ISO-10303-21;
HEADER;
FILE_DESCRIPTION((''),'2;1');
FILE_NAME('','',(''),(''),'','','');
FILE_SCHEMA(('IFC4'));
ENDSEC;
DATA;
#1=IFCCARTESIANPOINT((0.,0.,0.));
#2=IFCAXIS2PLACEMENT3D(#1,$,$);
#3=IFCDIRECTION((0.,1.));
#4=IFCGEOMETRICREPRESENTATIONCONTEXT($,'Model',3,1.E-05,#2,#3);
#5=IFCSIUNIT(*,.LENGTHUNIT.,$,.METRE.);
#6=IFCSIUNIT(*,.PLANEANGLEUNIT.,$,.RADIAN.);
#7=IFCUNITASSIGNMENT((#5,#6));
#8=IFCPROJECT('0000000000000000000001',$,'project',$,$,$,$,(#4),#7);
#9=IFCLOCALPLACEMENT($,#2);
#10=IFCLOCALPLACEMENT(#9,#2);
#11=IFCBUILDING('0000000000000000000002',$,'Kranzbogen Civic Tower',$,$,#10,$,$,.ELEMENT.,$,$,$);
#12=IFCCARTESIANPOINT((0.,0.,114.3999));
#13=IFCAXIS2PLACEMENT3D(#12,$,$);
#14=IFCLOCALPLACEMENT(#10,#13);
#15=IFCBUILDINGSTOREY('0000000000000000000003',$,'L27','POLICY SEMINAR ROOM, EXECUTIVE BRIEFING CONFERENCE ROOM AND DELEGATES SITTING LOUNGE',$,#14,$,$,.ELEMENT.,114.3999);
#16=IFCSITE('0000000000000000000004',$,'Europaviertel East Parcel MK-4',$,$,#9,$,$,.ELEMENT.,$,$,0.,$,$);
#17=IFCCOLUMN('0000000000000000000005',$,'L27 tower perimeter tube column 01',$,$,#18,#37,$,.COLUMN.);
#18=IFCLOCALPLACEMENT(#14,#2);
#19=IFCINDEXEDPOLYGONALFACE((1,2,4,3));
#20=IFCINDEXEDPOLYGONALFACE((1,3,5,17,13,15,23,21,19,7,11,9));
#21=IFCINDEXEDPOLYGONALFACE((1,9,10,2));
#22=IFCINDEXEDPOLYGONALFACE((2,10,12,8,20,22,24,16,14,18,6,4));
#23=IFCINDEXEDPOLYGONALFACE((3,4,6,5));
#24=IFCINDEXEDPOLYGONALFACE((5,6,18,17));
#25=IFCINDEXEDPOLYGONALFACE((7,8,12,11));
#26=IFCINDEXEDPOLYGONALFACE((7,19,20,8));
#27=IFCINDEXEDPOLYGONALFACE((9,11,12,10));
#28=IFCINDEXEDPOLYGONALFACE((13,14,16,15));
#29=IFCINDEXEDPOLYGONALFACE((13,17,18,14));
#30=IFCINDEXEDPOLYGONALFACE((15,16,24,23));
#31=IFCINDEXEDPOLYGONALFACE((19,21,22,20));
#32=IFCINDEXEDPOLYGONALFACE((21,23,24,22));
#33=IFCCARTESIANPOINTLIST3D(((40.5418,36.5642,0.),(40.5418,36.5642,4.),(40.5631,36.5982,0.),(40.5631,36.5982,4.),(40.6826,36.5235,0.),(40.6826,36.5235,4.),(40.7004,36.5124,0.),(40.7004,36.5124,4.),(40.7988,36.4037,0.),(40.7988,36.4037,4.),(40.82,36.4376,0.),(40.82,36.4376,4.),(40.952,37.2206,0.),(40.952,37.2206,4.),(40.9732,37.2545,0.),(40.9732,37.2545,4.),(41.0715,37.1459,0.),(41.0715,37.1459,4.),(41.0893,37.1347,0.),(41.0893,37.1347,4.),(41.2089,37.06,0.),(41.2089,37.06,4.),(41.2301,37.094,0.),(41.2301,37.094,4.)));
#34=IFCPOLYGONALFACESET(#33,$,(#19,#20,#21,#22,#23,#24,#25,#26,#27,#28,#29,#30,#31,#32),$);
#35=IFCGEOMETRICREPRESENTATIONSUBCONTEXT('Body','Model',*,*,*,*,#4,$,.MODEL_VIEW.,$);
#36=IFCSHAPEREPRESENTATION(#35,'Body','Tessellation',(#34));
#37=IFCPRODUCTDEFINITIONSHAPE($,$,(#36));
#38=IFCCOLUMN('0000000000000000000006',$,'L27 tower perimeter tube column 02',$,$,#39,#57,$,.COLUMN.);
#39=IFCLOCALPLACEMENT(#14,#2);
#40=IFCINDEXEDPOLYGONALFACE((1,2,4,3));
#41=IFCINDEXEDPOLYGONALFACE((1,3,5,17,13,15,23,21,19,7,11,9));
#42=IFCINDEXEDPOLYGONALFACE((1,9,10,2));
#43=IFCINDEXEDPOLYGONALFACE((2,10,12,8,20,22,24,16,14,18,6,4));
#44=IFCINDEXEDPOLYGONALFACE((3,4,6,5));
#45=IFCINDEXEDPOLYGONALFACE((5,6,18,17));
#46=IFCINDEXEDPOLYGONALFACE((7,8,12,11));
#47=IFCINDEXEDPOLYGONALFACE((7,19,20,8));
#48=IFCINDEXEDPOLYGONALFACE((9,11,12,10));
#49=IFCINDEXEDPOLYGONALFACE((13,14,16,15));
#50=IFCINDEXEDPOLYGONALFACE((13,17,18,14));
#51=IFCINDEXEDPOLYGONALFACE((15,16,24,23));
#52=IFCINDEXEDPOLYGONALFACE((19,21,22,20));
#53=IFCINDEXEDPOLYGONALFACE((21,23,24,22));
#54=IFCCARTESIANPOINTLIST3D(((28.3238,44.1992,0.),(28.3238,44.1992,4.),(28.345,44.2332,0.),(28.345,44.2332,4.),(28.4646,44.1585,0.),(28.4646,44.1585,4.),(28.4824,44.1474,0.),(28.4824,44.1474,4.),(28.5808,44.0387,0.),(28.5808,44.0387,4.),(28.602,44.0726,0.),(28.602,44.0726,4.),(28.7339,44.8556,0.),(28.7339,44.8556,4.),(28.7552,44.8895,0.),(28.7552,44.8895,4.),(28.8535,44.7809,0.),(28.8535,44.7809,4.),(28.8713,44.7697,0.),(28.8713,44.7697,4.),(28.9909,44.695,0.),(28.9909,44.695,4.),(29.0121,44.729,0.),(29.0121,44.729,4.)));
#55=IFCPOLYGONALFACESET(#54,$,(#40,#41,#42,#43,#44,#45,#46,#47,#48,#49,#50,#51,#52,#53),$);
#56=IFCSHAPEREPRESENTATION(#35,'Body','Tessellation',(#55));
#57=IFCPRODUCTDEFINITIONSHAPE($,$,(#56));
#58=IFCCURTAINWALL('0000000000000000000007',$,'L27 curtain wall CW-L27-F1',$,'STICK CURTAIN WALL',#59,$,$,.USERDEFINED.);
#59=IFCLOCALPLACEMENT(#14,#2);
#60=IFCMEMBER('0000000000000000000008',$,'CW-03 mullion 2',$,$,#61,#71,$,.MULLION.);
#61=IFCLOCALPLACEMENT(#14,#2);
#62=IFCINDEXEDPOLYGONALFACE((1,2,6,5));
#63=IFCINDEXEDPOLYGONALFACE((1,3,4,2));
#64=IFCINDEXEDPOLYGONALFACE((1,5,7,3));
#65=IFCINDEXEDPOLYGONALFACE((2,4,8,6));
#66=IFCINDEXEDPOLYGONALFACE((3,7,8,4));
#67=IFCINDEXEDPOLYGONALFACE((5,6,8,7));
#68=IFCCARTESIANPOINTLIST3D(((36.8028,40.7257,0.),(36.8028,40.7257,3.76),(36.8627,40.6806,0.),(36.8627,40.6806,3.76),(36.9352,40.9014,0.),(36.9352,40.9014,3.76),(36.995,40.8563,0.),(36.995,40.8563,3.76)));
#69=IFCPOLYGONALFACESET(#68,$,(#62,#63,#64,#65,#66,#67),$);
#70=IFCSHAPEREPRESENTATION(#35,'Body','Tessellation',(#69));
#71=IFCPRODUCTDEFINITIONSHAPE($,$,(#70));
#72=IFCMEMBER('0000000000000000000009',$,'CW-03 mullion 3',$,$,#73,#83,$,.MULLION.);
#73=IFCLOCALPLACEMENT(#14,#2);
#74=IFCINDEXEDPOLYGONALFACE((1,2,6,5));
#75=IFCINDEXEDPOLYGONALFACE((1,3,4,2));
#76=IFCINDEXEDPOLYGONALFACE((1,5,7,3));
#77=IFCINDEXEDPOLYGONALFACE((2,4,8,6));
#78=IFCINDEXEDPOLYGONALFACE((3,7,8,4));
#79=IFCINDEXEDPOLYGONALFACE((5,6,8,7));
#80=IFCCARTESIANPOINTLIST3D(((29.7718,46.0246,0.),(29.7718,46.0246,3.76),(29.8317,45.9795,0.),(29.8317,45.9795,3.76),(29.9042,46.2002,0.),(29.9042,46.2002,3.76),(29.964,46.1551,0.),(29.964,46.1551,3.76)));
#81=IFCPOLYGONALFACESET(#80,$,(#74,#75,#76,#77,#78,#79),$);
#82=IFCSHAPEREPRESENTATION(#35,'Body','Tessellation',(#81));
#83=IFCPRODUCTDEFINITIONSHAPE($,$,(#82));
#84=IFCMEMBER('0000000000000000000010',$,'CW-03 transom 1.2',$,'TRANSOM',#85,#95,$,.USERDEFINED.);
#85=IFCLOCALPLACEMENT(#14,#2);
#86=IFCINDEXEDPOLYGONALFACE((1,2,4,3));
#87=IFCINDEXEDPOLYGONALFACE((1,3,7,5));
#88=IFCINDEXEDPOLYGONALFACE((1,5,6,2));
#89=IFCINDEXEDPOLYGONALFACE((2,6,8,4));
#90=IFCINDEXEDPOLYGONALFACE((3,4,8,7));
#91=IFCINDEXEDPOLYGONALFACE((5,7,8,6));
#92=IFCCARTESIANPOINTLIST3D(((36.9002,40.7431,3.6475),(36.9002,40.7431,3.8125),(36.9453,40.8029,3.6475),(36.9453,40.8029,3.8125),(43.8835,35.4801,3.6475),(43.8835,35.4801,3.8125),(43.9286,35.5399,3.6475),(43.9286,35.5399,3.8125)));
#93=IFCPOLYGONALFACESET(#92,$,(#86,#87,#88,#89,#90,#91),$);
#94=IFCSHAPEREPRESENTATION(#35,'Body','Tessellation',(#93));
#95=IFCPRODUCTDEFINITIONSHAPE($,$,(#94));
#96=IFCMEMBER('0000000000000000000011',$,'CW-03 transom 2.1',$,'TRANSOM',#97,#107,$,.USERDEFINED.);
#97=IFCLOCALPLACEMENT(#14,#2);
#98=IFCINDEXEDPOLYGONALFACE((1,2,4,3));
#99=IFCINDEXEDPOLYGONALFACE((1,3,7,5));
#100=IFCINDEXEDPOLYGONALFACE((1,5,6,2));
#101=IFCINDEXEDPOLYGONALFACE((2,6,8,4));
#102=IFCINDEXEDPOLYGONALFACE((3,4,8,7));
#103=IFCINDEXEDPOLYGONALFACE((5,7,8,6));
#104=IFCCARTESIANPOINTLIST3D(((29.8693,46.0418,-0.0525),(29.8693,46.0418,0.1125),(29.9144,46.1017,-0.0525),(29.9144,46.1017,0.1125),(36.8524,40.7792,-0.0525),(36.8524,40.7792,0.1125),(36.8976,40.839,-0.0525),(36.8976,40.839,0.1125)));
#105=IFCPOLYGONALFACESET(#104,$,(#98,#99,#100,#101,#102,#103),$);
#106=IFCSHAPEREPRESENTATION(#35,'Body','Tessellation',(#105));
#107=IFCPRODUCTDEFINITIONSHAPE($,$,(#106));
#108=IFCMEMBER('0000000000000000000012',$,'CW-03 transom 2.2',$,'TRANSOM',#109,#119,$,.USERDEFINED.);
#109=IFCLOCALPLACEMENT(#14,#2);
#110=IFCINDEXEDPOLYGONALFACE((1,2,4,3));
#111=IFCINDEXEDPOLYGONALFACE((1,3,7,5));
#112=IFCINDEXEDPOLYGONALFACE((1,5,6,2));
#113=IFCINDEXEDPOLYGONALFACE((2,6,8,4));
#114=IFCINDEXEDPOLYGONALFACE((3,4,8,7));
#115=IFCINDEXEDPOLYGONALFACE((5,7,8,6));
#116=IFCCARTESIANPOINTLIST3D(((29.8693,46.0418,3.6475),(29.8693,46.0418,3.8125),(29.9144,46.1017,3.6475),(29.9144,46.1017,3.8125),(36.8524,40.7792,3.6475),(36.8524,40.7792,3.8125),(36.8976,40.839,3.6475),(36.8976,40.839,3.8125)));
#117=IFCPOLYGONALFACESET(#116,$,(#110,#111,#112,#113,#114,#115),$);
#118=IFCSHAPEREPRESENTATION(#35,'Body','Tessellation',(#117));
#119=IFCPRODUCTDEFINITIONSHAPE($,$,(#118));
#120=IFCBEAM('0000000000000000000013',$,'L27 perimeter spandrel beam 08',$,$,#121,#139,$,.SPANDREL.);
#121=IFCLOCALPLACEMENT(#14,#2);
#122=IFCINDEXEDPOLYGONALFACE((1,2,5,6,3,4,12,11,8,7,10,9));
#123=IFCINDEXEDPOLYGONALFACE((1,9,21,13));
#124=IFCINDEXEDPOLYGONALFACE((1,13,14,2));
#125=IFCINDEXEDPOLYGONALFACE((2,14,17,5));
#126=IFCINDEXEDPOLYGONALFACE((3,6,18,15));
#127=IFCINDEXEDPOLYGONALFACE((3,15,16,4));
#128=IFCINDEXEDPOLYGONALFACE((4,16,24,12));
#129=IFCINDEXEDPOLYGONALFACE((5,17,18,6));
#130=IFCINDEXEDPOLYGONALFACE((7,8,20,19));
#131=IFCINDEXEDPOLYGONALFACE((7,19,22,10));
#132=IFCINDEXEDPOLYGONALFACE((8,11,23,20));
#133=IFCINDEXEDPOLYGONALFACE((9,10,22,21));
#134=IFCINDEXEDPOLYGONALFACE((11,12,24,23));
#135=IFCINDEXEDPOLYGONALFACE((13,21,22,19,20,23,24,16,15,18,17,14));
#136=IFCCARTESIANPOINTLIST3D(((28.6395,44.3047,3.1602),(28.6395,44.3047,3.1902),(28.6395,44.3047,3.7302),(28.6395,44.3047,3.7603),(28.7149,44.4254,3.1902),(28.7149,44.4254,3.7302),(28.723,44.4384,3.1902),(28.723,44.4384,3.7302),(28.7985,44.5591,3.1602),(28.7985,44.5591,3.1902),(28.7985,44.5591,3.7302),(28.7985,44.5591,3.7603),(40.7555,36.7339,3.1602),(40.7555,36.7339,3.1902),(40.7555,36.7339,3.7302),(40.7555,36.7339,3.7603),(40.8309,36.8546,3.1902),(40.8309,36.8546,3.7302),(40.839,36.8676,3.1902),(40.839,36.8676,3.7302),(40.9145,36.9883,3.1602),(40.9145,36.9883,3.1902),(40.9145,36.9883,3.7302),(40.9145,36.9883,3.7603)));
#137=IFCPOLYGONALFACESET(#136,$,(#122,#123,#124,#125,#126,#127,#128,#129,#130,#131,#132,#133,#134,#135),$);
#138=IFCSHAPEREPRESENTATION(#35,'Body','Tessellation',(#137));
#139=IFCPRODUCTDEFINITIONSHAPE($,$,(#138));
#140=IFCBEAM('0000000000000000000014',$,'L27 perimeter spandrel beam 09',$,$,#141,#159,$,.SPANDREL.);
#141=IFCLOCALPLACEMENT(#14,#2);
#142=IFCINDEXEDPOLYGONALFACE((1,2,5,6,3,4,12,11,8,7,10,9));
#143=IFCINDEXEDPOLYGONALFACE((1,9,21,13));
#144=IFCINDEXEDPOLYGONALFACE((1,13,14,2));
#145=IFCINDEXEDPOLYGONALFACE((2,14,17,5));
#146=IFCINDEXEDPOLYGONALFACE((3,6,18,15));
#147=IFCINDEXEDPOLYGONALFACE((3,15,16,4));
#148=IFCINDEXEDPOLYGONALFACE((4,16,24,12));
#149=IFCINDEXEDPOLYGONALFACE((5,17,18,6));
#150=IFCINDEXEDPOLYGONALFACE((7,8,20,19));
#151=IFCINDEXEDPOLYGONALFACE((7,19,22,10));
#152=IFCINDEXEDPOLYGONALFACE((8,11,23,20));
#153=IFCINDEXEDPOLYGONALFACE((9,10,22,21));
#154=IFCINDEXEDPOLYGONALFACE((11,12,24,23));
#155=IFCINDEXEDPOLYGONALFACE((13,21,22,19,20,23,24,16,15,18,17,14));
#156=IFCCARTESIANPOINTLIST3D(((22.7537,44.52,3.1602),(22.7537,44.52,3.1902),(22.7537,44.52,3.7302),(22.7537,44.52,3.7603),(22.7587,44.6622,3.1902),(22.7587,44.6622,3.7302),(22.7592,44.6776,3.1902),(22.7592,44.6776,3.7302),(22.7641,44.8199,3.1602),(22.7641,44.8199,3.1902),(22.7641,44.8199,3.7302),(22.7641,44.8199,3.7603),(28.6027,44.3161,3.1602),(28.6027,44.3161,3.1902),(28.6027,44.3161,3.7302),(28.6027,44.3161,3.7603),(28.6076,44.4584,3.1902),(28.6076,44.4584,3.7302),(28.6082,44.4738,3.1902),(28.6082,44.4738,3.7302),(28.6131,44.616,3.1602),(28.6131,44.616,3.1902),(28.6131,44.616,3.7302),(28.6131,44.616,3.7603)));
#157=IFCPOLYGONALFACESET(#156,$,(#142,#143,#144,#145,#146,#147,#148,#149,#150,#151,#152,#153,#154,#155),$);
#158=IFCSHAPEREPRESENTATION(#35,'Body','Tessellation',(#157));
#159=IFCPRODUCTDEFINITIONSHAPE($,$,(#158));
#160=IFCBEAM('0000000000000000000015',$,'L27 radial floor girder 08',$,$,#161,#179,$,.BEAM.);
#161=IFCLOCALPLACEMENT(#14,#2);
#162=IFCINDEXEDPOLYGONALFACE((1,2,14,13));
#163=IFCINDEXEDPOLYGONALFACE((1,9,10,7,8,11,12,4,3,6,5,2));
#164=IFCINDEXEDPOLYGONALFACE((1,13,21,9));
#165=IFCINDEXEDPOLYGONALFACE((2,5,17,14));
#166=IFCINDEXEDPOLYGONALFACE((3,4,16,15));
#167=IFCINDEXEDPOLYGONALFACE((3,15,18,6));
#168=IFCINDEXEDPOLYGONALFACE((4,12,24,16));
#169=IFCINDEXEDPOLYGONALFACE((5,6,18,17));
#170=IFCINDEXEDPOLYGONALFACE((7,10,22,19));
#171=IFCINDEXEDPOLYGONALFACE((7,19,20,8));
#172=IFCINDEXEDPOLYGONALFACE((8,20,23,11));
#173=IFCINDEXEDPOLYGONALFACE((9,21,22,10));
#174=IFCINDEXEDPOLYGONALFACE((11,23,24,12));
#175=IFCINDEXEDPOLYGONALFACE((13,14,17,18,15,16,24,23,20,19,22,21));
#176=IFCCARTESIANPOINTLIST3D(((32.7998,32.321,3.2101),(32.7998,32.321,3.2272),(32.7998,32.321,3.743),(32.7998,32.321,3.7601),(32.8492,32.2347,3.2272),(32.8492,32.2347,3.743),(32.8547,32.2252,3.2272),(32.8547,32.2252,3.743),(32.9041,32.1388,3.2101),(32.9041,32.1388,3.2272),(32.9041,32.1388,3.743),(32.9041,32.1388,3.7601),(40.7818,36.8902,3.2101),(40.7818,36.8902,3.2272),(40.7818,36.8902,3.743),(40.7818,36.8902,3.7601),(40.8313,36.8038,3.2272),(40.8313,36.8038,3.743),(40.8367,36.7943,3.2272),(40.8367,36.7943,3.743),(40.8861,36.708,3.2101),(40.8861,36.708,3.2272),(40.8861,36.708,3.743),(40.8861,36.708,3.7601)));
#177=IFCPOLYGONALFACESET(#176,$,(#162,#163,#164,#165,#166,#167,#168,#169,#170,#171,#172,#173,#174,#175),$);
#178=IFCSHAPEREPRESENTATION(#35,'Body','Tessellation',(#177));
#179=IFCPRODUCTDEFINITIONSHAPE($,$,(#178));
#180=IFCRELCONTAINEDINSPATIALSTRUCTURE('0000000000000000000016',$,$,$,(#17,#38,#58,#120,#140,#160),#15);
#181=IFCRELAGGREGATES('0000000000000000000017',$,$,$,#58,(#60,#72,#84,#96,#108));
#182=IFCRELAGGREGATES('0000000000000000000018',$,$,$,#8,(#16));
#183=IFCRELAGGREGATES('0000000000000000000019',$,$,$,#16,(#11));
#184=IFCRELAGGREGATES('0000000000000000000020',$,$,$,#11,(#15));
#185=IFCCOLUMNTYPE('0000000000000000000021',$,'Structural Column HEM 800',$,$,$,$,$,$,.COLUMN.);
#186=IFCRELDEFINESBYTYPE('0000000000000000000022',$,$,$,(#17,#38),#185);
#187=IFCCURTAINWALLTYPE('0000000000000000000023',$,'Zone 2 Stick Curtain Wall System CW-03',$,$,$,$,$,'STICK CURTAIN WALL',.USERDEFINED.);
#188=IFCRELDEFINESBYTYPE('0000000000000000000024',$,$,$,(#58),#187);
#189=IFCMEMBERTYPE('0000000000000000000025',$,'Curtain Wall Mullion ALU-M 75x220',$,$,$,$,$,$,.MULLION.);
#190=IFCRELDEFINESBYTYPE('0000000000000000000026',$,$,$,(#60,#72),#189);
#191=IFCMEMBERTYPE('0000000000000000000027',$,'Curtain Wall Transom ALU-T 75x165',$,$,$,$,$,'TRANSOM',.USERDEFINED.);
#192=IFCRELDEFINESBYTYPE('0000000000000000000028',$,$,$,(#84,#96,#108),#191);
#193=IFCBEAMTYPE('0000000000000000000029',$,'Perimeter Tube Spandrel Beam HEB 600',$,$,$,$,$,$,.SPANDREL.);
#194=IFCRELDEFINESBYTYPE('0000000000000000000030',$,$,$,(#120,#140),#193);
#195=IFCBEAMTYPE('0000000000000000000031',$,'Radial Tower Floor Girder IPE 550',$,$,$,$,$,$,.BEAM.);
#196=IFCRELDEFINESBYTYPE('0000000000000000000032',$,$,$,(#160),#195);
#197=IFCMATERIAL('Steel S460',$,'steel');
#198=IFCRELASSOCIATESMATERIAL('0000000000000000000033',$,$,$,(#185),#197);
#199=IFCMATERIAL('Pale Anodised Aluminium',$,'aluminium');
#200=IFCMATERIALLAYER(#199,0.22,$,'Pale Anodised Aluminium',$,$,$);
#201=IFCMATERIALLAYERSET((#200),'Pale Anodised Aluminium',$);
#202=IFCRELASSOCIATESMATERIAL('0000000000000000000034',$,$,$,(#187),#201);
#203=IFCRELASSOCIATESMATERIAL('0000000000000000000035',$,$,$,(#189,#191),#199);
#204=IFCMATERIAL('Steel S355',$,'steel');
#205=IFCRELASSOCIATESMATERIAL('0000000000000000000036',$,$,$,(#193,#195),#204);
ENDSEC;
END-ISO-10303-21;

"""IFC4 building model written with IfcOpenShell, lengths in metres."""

from ifc_helpers import new_model, si_unit, direction, frame, origin, origin_2d, place, context, subcontext, project, spatial, rectangle, i_section, extrude, material, layer, layer_set, material_profile, profile_set, type_object, element, aggregate, save


model = new_model("IFC4")

# Units and contexts
model_context = context("Model", 3, precision=1e-05, world=origin(), true_north=direction((0.0, 1.0)))
body_context = subcontext(model_context, "Body", "Model", "MODEL_VIEW")
ifc_project = project(units=[si_unit("LENGTHUNIT", "METRE"), si_unit("PLANEANGLEUNIT", "RADIAN")], contexts=[model_context])

# Site, building, storey
site_placement = place(None, origin())
site = spatial("IfcSite", under=ifc_project, at=site_placement, Name="Europaviertel East Parcel MK-4", CompositionType="ELEMENT", RefElevation=0.0)
building_placement = place(site_placement, origin())
building = spatial("IfcBuilding", under=site, at=building_placement, Name="Kranzbogen Civic Tower", CompositionType="ELEMENT")
storey_placement = place(building_placement, frame((0.0, 0.0, 114.3999)))
storey = spatial("IfcBuildingStorey", under=building, at=storey_placement, Name="L27", Description="POLICY SEMINAR ROOM, EXECUTIVE BRIEFING CONFERENCE ROOM AND DELEGATES SITTING LOUNGE", CompositionType="ELEMENT", Elevation=114.3999)

# Columns
ifc_material_1 = material(Name="Steel S460", Category="steel")
ifc_material_profile_1 = material_profile(ifc_material_1, i_section(OverallWidth=0.303, OverallDepth=0.814, WebThickness=0.021, FlangeThickness=0.04, at=origin_2d()), Name="HEM 800")
ifc_profile_set_1 = profile_set([ifc_material_profile_1], Name="Steel S460")
column_type = type_object("IfcColumnType", Name="Structural Column HEM 800", PredefinedType="COLUMN", material=ifc_profile_set_1)
for number, where, z_axis, x_axis, name in (
    (1, (40.886, 36.8291, 0.0), (0.0, 0.0, 1.0), (-0.848048, 0.529919, 0.0), "L27 tower perimeter tube column 01"),
    (2, (28.668, 44.4641, 0.0), (0.0, 0.0, 1.0), (-0.848048, 0.529919, 0.0), "L27 tower perimeter tube column 02"),
):
    element("IfcColumn", number, at=place(storey_placement, frame(where, z_axis=z_axis, x_axis=x_axis)), inside=storey, type_object=column_type, Name=name, PredefinedType="COLUMN", context=body_context, shape_type="SweptSolid", body=[
        extrude(i_section(OverallWidth=0.303, OverallDepth=0.814, WebThickness=0.021, FlangeThickness=0.04, at=origin_2d()), origin(), (0.0, 0.0, 1.0), 4.0),
    ])

# Curtain wall, members
ifc_material_2 = material(Name="Pale Anodised Aluminium", Category="aluminium")
ifc_layer_1 = layer(ifc_material_2, 0.22, Name="Pale Anodised Aluminium")
ifc_layer_set_1 = layer_set([ifc_layer_1], Name="Pale Anodised Aluminium")
curtain_wall_type = type_object("IfcCurtainWallType", Name="Zone 2 Stick Curtain Wall System CW-03", ElementType="STICK CURTAIN WALL", PredefinedType="USERDEFINED", material=ifc_layer_set_1)
curtain_wall_placement = place(storey_placement, origin())
curtain_wall = element("IfcCurtainWall", 3, at=curtain_wall_placement, inside=storey, type_object=curtain_wall_type, Name="L27 curtain wall CW-L27-F1", ObjectType="STICK CURTAIN WALL", PredefinedType="USERDEFINED")
ifc_material_profile_2 = material_profile(ifc_material_2, rectangle(XDim=0.075, YDim=0.22, at=origin_2d()), Name="ALU-M 75x220")
ifc_profile_set_2 = profile_set([ifc_material_profile_2], Name="Pale Anodised Aluminium")
member_type_1 = type_object("IfcMemberType", Name="Curtain Wall Mullion ALU-M 75x220", PredefinedType="MULLION", material=ifc_profile_set_2)
member_1_placement = place(storey_placement, frame((36.8989, 40.791, 0.0), z_axis=(0.0, 0.0, 1.0), x_axis=(-0.798599, 0.601864, 0.0)))
member_1 = element("IfcMember", 4, at=member_1_placement, type_object=member_type_1, Name="CW-03 mullion 2", PredefinedType="MULLION", context=body_context, shape_type="SweptSolid", body=[
    extrude(rectangle(XDim=0.075, YDim=0.22, at=origin_2d()), origin(), (0.0, 0.0, 1.0), 3.76),
])
member_2_placement = place(storey_placement, frame((29.8679, 46.0898, 0.0), z_axis=(0.0, 0.0, 1.0), x_axis=(-0.798599, 0.601864, 0.0)))
member_2 = element("IfcMember", 5, at=member_2_placement, type_object=member_type_1, Name="CW-03 mullion 3", PredefinedType="MULLION", context=body_context, shape_type="SweptSolid", body=[
    extrude(rectangle(XDim=0.075, YDim=0.22, at=origin_2d()), origin(), (0.0, 0.0, 1.0), 3.76),
])
ifc_material_profile_3 = material_profile(ifc_material_2, rectangle(XDim=0.075, YDim=0.165, at=origin_2d()), Name="ALU-T 75x165")
ifc_profile_set_3 = profile_set([ifc_material_profile_3], Name="Pale Anodised Aluminium")
member_type_2 = type_object("IfcMemberType", Name="Curtain Wall Transom ALU-T 75x165", ElementType="TRANSOM", PredefinedType="USERDEFINED", material=ifc_profile_set_3)
member_3_placement = place(storey_placement, frame((43.906, 35.51, 3.73), z_axis=(-0.798594, 0.60187, 0.0), x_axis=(-0.60187, -0.798594, 0.0)))
member_3 = element("IfcMember", 6, at=member_3_placement, type_object=member_type_2, Name="CW-03 transom 1.2", ObjectType="TRANSOM", PredefinedType="USERDEFINED", context=body_context, shape_type="SweptSolid", body=[
    extrude(rectangle(XDim=0.075, YDim=0.165, at=origin_2d()), origin(), (0.0, 0.0, 1.0), 8.7444),
])
member_4_placement = place(storey_placement, frame((36.875, 40.8091, 0.03), z_axis=(-0.798607, 0.601852, 0.0), x_axis=(-0.601852, -0.798607, 0.0)))
member_4 = element("IfcMember", 7, at=member_4_placement, type_object=member_type_2, Name="CW-03 transom 2.1", ObjectType="TRANSOM", PredefinedType="USERDEFINED", context=body_context, shape_type="SweptSolid", body=[
    extrude(rectangle(XDim=0.075, YDim=0.165, at=origin_2d()), origin(), (0.0, 0.0, 1.0), 8.7441),
])
member_5_placement = place(storey_placement, frame((36.875, 40.8091, 3.73), z_axis=(-0.798607, 0.601852, 0.0), x_axis=(-0.601852, -0.798607, 0.0)))
member_5 = element("IfcMember", 8, at=member_5_placement, type_object=member_type_2, Name="CW-03 transom 2.2", ObjectType="TRANSOM", PredefinedType="USERDEFINED", context=body_context, shape_type="SweptSolid", body=[
    extrude(rectangle(XDim=0.075, YDim=0.165, at=origin_2d()), origin(), (0.0, 0.0, 1.0), 8.7441),
])

# Beams
ifc_material_3 = material(Name="Steel S355", Category="steel")
ifc_material_profile_4 = material_profile(ifc_material_3, i_section(OverallWidth=0.3, OverallDepth=0.6001, WebThickness=0.0154, FlangeThickness=0.03, at=origin_2d()), Name="HEB 600")
ifc_profile_set_4 = profile_set([ifc_material_profile_4], Name="Steel S355")
beam_type_1 = type_object("IfcBeamType", Name="Perimeter Tube Spandrel Beam HEB 600", PredefinedType="SPANDREL", material=ifc_profile_set_4)
beam_1_placement = place(storey_placement, frame((40.835, 36.8611, 3.4602), z_axis=(-0.848051, 0.529914, 0.0), x_axis=(-0.529914, -0.848051, 0.0)))
element("IfcBeam", 9, at=beam_1_placement, inside=storey, type_object=beam_type_1, Name="L27 perimeter spandrel beam 08", PredefinedType="SPANDREL", context=body_context, shape_type="SweptSolid", body=[
    extrude(i_section(OverallWidth=0.3, OverallDepth=0.6001, WebThickness=0.0154, FlangeThickness=0.03, at=origin_2d()), origin(), (0.0, 0.0, 1.0), 14.2869),
])
beam_2_placement = place(storey_placement, frame((28.6079, 44.4661, 3.4602), z_axis=(-0.999393, 0.034833, 0.0), x_axis=(-0.034833, -0.999393, 0.0)))
element("IfcBeam", 10, at=beam_2_placement, inside=storey, type_object=beam_type_1, Name="L27 perimeter spandrel beam 09", PredefinedType="SPANDREL", context=body_context, shape_type="SweptSolid", body=[
    extrude(i_section(OverallWidth=0.3, OverallDepth=0.6001, WebThickness=0.0154, FlangeThickness=0.03, at=origin_2d()), origin(), (0.0, 0.0, 1.0), 5.8525),
])
ifc_material_profile_5 = material_profile(ifc_material_3, i_section(OverallWidth=0.21, OverallDepth=0.55, WebThickness=0.011, FlangeThickness=0.0171, at=origin_2d()), Name="IPE 550")
ifc_profile_set_5 = profile_set([ifc_material_profile_5], Name="Steel S355")
beam_type_2 = type_object("IfcBeamType", Name="Radial Tower Floor Girder IPE 550", PredefinedType="BEAM", material=ifc_profile_set_5)
beam_3_placement = place(storey_placement, frame((40.834, 36.7991, 3.4851), z_axis=(-0.867869, -0.496793, 0.0), x_axis=(0.496793, -0.867869, 0.0)))
element("IfcBeam", 11, at=beam_3_placement, inside=storey, type_object=beam_type_2, Name="L27 radial floor girder 08", PredefinedType="BEAM", context=body_context, shape_type="SweptSolid", body=[
    extrude(i_section(OverallWidth=0.21, OverallDepth=0.55, WebThickness=0.011, FlangeThickness=0.0171, at=origin_2d()), origin(), (0.0, 0.0, 1.0), 9.1973),
])

aggregate(curtain_wall, [member_1, member_2, member_3, member_4, member_5])

save(model, "model.ifc")
